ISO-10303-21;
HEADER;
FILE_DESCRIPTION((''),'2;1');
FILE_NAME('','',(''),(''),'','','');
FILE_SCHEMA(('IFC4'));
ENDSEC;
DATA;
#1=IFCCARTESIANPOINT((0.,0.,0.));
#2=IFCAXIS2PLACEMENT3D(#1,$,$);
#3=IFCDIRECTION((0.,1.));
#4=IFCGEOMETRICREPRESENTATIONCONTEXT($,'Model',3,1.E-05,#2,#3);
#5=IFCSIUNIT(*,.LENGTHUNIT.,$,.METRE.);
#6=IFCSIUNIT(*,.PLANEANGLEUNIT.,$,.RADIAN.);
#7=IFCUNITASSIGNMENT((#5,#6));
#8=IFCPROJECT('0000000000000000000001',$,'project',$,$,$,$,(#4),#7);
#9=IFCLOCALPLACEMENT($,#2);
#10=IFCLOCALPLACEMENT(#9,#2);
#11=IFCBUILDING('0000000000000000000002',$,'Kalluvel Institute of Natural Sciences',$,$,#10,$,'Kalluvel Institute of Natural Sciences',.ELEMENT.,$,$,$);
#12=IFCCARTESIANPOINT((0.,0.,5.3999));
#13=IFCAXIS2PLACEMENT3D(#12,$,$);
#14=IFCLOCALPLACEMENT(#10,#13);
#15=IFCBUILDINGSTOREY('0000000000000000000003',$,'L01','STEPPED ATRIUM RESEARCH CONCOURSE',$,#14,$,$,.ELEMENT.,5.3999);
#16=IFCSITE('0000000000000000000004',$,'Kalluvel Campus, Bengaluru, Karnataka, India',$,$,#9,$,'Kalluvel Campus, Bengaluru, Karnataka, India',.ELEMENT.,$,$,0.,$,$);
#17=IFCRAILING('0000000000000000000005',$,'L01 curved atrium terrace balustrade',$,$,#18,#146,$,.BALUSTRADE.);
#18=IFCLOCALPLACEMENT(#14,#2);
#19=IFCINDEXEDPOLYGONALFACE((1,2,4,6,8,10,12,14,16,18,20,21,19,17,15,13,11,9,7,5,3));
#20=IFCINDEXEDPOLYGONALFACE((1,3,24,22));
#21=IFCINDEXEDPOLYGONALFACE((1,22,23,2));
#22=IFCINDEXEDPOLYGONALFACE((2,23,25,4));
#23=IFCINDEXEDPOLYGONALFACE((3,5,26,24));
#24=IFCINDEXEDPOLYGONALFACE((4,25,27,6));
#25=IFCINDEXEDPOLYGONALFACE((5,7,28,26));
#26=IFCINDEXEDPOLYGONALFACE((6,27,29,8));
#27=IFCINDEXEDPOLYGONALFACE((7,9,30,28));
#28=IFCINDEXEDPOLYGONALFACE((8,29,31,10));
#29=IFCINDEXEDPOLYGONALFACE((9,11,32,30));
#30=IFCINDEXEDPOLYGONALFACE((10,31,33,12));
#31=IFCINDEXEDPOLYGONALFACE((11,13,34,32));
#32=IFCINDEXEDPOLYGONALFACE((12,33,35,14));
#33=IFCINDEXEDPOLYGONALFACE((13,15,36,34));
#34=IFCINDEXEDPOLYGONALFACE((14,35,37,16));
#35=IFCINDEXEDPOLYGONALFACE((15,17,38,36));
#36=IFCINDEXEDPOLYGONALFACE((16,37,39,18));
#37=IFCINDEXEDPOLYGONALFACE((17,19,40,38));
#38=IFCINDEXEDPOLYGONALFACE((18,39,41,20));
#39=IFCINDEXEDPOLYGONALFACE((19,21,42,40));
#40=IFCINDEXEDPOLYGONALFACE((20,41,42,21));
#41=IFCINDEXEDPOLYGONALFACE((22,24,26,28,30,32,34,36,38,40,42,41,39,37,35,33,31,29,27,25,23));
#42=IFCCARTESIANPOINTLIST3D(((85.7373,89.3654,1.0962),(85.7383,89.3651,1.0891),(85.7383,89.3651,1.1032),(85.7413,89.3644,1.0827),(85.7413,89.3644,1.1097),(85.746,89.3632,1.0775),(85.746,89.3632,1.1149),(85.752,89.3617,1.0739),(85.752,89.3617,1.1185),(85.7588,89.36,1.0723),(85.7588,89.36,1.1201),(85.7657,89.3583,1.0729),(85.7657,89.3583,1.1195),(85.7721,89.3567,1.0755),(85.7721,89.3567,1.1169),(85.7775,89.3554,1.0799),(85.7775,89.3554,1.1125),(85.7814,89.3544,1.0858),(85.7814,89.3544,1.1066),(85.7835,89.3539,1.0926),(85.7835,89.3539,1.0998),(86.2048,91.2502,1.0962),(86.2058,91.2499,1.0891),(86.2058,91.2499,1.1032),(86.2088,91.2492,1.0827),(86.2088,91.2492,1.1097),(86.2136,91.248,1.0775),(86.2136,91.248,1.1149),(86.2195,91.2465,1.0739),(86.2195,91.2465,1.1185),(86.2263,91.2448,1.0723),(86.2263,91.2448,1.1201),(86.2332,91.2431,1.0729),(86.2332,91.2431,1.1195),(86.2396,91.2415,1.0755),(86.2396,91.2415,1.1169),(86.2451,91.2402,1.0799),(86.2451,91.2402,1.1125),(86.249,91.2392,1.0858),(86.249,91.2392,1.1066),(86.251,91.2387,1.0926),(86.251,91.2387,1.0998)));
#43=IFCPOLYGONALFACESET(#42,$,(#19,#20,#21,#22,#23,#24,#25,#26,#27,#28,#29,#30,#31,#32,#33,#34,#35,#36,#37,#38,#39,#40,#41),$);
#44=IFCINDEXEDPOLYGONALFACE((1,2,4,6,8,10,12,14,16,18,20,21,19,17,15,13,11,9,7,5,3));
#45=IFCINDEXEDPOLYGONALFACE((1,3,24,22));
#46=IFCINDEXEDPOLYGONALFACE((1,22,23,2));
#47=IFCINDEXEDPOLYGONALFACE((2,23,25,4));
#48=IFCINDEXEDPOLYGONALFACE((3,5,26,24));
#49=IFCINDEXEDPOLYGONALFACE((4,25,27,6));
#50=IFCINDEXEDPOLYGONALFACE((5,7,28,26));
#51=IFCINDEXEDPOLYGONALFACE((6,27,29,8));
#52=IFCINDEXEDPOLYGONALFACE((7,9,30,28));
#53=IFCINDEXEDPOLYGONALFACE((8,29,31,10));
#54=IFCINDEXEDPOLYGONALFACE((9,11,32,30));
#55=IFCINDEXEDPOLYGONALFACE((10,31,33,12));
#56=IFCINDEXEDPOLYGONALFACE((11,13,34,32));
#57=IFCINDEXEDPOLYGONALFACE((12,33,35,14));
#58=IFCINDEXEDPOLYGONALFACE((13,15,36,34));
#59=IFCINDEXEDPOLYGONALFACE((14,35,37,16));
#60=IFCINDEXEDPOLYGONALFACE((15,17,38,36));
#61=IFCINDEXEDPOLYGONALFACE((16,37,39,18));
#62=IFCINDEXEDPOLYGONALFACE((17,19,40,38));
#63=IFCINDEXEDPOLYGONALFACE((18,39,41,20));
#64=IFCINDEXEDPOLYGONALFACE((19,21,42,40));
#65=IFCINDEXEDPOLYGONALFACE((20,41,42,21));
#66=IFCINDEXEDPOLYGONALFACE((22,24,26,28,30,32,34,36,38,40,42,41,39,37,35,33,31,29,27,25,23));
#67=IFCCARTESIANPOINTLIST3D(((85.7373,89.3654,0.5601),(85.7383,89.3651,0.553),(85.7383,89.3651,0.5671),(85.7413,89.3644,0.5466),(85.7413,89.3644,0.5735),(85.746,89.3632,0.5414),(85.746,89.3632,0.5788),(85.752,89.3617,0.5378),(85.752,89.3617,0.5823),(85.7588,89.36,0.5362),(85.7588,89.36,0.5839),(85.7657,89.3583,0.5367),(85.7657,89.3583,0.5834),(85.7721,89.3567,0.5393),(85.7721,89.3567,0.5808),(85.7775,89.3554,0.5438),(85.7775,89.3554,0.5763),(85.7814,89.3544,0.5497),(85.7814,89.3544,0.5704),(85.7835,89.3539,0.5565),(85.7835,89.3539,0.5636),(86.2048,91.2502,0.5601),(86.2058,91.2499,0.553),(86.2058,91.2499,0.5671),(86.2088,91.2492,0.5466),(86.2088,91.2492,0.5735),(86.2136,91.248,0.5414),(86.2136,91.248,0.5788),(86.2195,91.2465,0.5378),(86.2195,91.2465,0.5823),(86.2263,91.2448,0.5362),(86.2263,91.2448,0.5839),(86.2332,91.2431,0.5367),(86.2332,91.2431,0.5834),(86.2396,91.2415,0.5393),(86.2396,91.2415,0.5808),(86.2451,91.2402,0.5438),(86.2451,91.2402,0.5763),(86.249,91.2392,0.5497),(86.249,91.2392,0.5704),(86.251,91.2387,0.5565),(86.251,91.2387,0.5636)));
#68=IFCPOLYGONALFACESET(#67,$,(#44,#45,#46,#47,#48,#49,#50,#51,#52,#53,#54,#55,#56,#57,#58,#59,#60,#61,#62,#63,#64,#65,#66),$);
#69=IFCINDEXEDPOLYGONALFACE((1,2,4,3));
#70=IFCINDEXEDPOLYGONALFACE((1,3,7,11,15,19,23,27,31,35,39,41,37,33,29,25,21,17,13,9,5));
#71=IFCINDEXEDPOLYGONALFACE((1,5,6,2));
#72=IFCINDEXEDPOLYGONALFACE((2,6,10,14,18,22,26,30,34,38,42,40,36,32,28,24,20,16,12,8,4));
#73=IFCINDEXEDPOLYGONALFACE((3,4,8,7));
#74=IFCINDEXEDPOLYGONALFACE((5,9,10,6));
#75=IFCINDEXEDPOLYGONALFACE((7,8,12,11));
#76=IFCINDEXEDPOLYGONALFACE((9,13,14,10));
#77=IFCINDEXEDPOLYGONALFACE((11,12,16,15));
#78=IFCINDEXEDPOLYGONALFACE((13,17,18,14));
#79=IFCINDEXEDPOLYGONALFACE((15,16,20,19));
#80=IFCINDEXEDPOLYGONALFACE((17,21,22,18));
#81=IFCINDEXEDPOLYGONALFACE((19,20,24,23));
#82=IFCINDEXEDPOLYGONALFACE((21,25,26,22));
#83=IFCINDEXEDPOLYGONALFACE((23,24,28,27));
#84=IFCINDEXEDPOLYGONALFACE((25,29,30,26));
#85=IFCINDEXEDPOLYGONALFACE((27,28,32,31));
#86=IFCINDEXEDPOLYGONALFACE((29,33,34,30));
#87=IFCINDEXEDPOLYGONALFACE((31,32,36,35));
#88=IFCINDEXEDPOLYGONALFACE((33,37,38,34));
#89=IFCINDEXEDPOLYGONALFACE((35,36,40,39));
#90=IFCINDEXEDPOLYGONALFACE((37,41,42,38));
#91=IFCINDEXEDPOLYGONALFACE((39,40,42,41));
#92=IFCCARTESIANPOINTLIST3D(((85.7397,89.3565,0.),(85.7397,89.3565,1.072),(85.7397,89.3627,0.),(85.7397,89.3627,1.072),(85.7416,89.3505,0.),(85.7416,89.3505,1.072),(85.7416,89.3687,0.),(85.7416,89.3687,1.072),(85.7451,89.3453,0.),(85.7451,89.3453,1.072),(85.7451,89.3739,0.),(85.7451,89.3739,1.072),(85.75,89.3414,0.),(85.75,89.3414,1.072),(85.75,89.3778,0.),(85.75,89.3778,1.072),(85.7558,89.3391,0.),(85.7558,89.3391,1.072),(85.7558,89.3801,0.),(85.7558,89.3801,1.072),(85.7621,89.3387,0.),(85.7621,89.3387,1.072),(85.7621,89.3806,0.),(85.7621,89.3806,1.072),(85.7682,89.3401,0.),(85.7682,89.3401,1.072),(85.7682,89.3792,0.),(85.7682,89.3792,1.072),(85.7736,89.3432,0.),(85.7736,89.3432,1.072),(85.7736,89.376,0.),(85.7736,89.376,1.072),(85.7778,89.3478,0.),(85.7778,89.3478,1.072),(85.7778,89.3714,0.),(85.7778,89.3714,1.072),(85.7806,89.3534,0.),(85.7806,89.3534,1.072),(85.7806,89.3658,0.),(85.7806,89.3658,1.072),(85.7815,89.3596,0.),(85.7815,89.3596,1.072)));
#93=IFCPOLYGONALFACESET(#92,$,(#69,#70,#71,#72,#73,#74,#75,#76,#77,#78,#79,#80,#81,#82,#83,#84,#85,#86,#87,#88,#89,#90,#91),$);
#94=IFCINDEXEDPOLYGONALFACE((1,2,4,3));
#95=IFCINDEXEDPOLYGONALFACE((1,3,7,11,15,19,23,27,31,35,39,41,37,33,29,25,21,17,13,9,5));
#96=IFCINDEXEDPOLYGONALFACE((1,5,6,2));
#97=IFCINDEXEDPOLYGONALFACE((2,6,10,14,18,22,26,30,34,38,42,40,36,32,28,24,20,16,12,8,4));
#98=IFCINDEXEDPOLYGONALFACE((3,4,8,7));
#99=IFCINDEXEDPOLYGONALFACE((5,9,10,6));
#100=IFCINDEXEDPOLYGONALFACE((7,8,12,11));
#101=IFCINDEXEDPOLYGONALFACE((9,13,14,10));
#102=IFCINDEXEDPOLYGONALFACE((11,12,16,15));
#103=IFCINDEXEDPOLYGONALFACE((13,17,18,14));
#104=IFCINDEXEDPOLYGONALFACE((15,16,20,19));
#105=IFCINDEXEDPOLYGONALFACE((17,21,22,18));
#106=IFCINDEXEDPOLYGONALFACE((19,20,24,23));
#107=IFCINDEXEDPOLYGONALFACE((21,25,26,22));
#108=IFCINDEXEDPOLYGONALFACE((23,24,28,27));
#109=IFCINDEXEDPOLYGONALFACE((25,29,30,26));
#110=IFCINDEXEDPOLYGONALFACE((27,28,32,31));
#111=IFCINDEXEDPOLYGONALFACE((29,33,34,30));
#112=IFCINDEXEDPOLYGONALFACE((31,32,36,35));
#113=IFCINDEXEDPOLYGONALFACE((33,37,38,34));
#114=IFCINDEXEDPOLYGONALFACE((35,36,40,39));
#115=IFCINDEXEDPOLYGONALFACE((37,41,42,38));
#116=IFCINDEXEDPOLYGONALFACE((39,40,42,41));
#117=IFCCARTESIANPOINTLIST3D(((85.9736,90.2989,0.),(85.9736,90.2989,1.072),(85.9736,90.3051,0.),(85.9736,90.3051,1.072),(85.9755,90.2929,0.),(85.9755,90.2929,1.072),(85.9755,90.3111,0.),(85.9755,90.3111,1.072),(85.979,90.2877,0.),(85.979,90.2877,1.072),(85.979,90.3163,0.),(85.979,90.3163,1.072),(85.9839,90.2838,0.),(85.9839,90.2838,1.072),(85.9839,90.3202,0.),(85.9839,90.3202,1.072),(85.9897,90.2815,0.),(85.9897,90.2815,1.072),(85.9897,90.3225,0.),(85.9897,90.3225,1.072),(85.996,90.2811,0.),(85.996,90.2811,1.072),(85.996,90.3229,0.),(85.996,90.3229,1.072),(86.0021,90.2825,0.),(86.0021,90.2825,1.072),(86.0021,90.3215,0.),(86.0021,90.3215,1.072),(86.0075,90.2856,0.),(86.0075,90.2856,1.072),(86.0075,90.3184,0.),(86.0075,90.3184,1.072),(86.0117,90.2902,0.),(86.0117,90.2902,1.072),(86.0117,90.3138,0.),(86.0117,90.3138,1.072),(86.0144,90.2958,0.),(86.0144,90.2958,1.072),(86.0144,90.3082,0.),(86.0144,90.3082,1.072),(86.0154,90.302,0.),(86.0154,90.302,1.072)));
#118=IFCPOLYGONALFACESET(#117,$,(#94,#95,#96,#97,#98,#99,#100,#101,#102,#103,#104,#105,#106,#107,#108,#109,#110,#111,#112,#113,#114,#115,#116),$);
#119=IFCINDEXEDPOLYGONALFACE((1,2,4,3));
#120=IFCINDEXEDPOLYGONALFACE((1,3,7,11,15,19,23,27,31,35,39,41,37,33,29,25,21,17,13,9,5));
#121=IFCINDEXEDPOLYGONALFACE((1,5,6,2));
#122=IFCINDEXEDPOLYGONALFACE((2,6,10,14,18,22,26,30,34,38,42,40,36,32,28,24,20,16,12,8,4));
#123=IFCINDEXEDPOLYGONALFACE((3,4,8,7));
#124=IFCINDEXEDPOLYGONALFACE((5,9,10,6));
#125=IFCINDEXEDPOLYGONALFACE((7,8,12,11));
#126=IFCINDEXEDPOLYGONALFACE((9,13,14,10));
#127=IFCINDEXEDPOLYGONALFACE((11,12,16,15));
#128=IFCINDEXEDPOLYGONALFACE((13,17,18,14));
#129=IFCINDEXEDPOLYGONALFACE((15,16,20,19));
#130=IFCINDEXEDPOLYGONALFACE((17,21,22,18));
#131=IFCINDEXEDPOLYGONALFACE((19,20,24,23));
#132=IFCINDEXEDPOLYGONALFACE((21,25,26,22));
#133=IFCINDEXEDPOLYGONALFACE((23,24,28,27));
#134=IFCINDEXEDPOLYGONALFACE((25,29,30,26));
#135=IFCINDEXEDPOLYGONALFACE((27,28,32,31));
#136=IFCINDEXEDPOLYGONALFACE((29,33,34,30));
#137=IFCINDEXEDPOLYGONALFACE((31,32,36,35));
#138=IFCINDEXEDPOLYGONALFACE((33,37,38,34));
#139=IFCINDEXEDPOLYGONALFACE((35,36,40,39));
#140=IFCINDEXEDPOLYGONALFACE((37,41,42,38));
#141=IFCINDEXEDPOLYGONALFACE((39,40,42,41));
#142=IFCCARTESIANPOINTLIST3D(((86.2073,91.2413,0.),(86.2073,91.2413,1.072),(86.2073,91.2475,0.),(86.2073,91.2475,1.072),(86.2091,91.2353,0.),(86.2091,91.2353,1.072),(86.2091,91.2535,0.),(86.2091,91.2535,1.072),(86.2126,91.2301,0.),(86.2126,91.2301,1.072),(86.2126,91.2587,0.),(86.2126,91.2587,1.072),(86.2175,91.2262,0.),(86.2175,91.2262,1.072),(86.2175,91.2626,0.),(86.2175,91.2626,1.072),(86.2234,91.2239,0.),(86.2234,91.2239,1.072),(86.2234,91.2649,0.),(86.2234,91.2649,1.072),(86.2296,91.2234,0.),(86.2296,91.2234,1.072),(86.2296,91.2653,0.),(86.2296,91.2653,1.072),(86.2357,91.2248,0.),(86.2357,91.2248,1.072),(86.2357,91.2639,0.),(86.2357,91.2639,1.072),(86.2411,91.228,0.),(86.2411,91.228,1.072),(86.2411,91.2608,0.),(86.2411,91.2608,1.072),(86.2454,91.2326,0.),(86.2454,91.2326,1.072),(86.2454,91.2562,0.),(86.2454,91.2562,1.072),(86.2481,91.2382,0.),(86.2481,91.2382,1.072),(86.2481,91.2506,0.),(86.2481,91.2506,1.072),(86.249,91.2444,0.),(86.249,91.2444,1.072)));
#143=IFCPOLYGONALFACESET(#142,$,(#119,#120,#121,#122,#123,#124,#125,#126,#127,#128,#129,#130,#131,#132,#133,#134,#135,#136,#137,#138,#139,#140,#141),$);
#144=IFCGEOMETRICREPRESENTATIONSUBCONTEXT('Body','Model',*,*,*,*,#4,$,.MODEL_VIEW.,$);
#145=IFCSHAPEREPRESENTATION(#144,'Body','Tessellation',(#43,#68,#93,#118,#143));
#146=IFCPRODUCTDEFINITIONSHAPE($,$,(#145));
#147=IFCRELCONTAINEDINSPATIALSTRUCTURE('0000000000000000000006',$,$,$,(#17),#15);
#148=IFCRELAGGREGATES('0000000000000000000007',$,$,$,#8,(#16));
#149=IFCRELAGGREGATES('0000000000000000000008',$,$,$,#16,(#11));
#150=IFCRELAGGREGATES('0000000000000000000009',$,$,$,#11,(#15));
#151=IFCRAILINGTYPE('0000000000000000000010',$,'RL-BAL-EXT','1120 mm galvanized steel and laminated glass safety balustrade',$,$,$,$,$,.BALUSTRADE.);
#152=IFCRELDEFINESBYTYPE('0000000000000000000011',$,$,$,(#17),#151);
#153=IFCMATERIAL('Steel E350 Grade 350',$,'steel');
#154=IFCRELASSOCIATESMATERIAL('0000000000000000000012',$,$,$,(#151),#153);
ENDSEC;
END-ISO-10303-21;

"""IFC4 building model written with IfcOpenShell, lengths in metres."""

from ifc_helpers import new_model, si_unit, direction, frame, origin, origin_2d, place, context, subcontext, project, spatial, circle, extrude, material, type_object, element, save


model = new_model("IFC4")

# Units and contexts
model_context = context("Model", 3, precision=1e-05, world=origin(), true_north=direction((0.0, 1.0)))
body_context = subcontext(model_context, "Body", "Model", "MODEL_VIEW")
ifc_project = project(units=[si_unit("LENGTHUNIT", "METRE"), si_unit("PLANEANGLEUNIT", "RADIAN")], contexts=[model_context])

# Site, building, storey
site_placement = place(None, origin())
site = spatial("IfcSite", under=ifc_project, at=site_placement, Name="Kalluvel Campus, Bengaluru, Karnataka, India", LongName="Kalluvel Campus, Bengaluru, Karnataka, India", CompositionType="ELEMENT", RefElevation=0.0)
building_placement = place(site_placement, origin())
building = spatial("IfcBuilding", under=site, at=building_placement, Name="Kalluvel Institute of Natural Sciences", LongName="Kalluvel Institute of Natural Sciences", CompositionType="ELEMENT")
storey_placement = place(building_placement, frame((0.0, 0.0, 5.3999)))
storey = spatial("IfcBuildingStorey", under=building, at=storey_placement, Name="L01", Description="STEPPED ATRIUM RESEARCH CONCOURSE", CompositionType="ELEMENT", Elevation=5.3999)

# Railing
ifc_material_1 = material(Name="Steel E350 Grade 350", Category="steel")
railing_type = type_object("IfcRailingType", Name="RL-BAL-EXT", Description="1120 mm galvanized steel and laminated glass safety balustrade", PredefinedType="BALUSTRADE", material=ifc_material_1)
railing_1_placement = place(storey_placement, frame((85.7605, 89.3596, 0.0)))
element("IfcRailing", 1, at=railing_1_placement, inside=storey, type_object=railing_type, Name="L01 curved atrium terrace balustrade", PredefinedType="BALUSTRADE", context=body_context, shape_type="SweptSolid", body=[
    extrude(circle(Radius=0.0239, at=origin_2d()), frame((0.0, 0.0, 1.0962), z_axis=(0.24076, 0.970585, 0.0), x_axis=(-0.970585, 0.24076, 0.0)), (0.0, 0.0, 1.0), 1.9419),
    extrude(circle(Radius=0.0239, at=origin_2d()), frame((0.0, 0.0, 0.5601), z_axis=(0.24076, 0.970585, 0.0), x_axis=(-0.970585, 0.24076, 0.0)), (0.0, 0.0, 1.0), 1.9419),
    extrude(circle(Radius=0.021, at=origin_2d()), origin(), (0.0, 0.0, 1.0), 1.072),
    extrude(circle(Radius=0.021, at=origin_2d()), frame((0.2339, 0.9424, 0.0)), (0.0, 0.0, 1.0), 1.072),
    extrude(circle(Radius=0.021, at=origin_2d()), frame((0.4675, 1.8848, 0.0)), (0.0, 0.0, 1.0), 1.072),
])

save(model, "model.ifc")
